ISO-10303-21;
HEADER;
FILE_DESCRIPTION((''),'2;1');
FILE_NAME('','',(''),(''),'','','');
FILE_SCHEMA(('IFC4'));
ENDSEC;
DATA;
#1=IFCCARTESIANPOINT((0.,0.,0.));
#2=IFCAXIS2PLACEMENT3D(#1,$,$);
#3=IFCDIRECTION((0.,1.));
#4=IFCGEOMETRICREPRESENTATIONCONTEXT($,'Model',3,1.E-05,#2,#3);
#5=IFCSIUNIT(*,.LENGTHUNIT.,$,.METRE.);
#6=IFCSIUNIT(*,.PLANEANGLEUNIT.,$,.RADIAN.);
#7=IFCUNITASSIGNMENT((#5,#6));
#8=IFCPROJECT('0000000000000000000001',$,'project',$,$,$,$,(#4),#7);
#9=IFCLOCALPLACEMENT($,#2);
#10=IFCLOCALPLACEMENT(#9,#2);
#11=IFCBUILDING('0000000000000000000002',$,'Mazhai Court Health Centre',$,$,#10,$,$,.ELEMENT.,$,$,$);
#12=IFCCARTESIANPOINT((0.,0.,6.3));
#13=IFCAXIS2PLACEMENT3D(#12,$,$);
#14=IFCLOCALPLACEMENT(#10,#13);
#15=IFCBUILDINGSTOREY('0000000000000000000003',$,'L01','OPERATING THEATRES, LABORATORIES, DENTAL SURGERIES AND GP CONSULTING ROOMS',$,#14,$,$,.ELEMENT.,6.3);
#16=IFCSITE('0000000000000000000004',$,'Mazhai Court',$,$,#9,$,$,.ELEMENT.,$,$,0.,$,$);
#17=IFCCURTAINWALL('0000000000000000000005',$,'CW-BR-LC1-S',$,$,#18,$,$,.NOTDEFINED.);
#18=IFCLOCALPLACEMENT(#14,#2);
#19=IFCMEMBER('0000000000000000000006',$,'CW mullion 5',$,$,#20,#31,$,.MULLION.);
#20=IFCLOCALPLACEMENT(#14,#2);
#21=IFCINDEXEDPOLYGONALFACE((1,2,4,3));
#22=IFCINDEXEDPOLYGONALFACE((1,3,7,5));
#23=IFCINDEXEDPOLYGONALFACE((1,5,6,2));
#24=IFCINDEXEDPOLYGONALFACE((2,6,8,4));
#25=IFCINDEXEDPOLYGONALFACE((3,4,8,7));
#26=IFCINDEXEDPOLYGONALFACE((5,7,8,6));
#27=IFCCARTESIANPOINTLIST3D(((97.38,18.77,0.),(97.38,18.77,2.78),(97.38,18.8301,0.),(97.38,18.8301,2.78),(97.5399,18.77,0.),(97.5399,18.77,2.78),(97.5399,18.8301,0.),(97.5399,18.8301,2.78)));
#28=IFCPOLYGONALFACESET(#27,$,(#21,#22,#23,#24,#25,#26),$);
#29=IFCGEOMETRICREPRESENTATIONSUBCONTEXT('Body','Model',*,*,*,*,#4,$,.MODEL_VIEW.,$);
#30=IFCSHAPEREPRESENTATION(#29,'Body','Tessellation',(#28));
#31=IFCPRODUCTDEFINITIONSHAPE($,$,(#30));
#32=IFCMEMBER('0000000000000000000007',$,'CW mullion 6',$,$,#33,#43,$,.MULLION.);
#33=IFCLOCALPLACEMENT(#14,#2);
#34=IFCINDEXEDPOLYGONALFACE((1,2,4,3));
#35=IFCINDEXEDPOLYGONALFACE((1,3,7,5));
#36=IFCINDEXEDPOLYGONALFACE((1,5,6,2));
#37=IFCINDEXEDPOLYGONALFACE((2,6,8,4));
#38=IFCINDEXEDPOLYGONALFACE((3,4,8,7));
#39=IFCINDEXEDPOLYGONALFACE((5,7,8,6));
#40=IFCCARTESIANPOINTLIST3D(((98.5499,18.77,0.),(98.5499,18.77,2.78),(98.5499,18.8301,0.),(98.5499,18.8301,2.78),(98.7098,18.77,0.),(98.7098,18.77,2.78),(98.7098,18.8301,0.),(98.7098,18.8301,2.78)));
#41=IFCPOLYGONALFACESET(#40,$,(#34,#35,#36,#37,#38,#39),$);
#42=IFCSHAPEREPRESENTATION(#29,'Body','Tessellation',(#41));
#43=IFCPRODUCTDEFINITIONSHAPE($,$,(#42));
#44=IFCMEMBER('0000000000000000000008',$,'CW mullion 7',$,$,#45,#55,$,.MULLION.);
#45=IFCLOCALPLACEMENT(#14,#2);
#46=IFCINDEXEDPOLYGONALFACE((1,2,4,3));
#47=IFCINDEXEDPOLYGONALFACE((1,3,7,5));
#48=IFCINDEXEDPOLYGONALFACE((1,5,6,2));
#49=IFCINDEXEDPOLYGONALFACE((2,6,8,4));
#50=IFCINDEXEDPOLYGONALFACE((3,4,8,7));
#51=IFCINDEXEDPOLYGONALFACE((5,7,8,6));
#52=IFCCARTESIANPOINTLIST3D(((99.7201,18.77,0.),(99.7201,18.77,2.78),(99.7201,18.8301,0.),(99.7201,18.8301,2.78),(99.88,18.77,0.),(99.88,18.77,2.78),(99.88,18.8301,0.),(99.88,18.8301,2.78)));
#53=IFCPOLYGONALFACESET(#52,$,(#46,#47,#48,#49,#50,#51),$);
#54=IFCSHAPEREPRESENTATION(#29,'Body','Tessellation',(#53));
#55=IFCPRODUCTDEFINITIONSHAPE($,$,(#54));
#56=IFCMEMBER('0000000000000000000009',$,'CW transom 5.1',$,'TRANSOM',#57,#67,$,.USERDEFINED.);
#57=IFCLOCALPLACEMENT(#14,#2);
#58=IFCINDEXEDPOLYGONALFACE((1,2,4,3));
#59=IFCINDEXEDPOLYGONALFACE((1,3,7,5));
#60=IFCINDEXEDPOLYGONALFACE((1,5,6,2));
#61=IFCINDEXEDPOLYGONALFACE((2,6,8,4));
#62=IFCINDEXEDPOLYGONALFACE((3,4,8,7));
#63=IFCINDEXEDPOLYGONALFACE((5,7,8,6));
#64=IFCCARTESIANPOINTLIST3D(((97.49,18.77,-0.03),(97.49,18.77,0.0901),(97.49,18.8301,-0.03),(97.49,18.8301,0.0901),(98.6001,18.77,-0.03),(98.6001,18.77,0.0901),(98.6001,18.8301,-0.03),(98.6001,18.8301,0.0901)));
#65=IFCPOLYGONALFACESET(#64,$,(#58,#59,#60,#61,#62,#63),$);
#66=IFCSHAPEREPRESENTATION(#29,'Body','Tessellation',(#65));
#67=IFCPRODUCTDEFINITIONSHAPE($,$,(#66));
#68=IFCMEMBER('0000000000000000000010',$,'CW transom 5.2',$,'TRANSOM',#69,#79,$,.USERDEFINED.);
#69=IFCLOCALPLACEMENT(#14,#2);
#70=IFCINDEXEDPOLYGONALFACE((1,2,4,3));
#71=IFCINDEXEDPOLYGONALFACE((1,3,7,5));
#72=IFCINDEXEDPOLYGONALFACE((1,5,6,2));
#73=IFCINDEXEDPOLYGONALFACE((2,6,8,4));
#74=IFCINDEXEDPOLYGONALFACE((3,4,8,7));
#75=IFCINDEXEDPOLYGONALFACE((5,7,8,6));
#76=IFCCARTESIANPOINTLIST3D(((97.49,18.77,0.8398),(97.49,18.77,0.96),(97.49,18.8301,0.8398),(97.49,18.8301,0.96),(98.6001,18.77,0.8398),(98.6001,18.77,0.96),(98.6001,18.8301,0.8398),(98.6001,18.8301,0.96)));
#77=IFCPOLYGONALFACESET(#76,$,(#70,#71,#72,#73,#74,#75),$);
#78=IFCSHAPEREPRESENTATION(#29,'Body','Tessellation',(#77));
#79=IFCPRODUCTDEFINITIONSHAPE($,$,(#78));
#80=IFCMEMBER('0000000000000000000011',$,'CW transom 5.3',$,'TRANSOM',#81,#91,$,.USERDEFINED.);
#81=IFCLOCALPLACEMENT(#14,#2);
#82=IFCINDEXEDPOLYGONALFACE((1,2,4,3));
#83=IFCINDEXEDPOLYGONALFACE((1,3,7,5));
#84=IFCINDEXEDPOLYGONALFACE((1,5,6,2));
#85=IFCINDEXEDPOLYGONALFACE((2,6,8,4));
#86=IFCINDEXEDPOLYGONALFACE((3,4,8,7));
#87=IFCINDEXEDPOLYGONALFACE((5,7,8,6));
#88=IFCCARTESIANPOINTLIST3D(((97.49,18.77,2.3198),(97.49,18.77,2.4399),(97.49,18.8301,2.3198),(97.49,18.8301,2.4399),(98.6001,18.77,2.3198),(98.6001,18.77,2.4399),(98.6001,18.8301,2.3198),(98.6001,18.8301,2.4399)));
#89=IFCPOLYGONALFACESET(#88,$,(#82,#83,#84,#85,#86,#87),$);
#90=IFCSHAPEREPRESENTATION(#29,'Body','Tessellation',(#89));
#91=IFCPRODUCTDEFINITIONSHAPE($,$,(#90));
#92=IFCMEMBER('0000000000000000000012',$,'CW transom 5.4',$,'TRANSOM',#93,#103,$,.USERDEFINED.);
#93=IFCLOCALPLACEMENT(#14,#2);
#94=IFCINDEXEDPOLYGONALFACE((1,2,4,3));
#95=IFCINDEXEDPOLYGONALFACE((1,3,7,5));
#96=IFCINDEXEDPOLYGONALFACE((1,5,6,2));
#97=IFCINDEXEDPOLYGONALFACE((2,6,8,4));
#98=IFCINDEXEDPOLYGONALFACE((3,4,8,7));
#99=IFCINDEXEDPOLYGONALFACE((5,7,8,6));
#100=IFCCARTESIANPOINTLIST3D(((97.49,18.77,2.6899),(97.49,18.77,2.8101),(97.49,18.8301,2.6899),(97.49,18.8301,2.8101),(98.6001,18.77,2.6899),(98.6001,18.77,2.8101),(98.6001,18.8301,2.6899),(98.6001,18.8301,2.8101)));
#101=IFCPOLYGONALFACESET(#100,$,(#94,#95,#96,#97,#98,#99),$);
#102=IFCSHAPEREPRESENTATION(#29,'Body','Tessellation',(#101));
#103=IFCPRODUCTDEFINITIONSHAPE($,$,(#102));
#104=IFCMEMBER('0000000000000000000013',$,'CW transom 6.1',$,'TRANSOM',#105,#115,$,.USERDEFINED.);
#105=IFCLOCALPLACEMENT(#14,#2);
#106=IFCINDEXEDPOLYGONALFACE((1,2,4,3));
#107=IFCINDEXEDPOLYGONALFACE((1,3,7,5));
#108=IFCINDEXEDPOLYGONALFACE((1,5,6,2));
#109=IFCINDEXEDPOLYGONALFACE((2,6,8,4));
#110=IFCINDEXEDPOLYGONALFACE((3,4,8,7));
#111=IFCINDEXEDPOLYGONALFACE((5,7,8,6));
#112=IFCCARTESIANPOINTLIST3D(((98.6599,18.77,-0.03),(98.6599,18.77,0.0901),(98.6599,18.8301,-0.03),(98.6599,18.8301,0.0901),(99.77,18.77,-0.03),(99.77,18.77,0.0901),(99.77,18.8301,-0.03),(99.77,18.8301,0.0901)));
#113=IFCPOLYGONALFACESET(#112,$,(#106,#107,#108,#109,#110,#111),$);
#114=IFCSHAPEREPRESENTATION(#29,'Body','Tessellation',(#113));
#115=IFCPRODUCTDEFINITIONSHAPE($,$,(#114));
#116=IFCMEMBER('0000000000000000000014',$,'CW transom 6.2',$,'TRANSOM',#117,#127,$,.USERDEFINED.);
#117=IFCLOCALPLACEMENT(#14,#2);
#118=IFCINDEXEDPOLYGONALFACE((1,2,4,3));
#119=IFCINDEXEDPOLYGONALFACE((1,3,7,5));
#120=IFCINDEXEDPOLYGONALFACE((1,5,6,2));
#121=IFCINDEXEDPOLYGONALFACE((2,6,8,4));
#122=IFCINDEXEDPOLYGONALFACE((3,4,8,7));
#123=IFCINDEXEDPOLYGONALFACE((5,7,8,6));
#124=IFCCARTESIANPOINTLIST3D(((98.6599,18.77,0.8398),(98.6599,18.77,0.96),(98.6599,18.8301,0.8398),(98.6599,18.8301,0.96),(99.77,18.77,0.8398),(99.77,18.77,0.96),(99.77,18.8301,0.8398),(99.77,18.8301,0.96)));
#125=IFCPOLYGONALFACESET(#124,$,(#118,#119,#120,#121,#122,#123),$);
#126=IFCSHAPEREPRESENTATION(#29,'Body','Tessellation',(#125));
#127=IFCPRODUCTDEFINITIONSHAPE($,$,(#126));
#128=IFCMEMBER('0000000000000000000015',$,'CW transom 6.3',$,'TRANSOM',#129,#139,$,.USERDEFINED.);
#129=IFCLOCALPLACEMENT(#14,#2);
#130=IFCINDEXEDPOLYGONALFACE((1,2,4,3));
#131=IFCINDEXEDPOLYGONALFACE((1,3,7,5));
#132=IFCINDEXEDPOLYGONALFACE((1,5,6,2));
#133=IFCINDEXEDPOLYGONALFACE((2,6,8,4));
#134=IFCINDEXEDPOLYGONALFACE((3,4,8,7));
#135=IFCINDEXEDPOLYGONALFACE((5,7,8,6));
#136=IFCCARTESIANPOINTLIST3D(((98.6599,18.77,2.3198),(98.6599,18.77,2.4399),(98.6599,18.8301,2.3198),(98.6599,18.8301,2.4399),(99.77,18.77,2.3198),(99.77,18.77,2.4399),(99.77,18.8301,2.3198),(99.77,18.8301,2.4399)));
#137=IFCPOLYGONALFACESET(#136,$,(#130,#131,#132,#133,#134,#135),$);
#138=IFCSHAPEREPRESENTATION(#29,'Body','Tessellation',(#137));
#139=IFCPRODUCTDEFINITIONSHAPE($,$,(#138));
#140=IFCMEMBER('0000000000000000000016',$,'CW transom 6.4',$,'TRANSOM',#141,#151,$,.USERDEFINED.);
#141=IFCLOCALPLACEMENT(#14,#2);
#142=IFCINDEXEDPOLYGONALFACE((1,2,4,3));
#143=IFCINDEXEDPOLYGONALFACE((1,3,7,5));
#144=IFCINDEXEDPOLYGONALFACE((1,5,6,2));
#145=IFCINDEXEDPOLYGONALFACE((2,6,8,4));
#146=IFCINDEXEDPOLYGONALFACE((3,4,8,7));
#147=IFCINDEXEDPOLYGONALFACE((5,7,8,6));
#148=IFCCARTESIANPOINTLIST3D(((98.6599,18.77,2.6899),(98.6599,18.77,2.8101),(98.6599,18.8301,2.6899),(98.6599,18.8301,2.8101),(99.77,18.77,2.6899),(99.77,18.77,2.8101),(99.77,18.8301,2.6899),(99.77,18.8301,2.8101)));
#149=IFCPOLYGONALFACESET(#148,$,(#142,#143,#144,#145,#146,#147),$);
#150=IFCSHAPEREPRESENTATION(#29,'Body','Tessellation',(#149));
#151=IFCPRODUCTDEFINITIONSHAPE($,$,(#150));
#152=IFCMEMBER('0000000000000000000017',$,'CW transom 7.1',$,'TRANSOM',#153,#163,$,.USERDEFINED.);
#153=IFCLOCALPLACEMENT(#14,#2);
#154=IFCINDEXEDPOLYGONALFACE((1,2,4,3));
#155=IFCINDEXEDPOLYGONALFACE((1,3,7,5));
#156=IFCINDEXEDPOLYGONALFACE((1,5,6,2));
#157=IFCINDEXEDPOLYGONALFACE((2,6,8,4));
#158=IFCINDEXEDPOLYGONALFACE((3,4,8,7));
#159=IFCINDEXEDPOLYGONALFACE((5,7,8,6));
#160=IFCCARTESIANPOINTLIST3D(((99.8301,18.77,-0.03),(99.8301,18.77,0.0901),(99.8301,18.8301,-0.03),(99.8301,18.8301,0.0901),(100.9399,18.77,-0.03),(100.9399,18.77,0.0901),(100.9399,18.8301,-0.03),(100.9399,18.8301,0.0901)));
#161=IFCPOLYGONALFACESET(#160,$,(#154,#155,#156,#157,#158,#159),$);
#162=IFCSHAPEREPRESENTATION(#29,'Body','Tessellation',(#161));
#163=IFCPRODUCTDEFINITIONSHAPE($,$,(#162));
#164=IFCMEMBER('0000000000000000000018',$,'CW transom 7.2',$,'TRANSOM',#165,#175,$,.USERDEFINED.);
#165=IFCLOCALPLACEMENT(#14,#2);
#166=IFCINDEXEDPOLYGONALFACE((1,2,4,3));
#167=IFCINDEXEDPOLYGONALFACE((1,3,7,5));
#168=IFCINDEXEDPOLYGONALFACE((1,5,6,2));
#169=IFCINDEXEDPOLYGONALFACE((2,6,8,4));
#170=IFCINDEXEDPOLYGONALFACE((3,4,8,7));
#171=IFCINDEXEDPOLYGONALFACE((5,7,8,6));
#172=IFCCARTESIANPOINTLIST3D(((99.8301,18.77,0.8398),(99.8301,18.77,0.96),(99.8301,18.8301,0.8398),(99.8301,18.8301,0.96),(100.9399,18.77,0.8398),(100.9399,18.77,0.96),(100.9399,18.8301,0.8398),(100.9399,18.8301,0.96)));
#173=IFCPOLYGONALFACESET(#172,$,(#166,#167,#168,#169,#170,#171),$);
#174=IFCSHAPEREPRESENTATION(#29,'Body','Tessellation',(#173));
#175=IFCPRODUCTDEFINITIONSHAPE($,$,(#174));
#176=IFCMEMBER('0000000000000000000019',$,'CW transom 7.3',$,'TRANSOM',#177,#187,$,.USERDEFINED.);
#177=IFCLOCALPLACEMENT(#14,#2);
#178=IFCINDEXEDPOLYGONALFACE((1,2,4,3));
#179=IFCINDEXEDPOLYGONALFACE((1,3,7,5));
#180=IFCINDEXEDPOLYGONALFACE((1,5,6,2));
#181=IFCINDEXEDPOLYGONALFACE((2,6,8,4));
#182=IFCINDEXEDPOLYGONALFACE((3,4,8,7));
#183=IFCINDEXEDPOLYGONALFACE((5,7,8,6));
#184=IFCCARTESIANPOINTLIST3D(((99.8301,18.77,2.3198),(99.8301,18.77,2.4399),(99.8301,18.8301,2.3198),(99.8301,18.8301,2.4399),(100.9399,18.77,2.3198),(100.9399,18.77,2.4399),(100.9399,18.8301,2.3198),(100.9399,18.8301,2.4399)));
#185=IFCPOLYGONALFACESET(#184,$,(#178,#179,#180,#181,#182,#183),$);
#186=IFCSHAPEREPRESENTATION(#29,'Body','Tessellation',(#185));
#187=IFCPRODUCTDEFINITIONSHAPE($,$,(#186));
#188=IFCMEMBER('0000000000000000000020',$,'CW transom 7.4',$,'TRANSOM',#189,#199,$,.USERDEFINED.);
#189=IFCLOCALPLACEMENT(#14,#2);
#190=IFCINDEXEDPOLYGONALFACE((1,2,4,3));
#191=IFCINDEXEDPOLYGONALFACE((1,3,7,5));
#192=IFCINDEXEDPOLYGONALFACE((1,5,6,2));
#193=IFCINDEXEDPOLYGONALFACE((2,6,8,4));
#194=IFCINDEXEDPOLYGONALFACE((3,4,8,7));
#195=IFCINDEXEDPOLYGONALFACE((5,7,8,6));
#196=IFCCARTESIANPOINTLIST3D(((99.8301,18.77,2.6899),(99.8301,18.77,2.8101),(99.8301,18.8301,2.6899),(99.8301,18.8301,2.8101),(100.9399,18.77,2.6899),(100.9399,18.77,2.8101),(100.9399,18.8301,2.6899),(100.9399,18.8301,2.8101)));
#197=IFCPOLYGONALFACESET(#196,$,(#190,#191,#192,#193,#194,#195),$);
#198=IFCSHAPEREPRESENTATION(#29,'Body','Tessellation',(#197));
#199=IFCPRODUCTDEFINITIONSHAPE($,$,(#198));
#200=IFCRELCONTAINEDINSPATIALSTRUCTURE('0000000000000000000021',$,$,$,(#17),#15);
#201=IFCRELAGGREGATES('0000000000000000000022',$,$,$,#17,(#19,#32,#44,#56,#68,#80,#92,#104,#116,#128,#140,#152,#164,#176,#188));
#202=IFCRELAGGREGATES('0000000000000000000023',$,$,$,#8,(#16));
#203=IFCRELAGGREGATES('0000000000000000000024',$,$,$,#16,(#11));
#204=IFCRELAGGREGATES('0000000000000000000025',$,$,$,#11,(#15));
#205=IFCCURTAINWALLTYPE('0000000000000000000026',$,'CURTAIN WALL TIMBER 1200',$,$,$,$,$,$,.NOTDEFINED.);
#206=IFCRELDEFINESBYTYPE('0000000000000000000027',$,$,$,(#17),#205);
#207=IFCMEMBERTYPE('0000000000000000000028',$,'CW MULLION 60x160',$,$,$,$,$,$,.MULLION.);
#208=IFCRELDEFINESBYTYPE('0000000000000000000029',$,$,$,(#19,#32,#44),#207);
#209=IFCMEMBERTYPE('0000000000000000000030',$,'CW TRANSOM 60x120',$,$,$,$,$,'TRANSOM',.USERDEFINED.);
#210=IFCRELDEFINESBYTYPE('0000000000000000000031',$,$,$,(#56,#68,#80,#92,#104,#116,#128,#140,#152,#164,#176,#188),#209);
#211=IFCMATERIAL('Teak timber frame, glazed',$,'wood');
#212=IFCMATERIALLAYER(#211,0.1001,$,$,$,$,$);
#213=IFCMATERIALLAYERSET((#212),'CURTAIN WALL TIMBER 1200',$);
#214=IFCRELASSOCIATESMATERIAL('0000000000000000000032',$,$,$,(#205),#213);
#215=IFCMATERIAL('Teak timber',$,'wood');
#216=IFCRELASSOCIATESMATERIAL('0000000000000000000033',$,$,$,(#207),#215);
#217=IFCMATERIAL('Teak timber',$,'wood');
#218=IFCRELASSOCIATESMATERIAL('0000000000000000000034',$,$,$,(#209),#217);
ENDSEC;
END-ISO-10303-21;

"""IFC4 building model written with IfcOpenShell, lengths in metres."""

from ifc_helpers import new_model, si_unit, direction, frame, origin, origin_2d, place, context, subcontext, project, spatial, rectangle, extrude, material, layer, layer_set, material_profile, profile_set, type_object, element, aggregate, save


model = new_model("IFC4")

# Units and contexts
model_context = context("Model", 3, precision=1e-05, world=origin(), true_north=direction((0.0, 1.0)))
body_context = subcontext(model_context, "Body", "Model", "MODEL_VIEW")
ifc_project = project(units=[si_unit("LENGTHUNIT", "METRE"), si_unit("PLANEANGLEUNIT", "RADIAN")], contexts=[model_context])

# Site, building, storey
site_placement = place(None, origin())
site = spatial("IfcSite", under=ifc_project, at=site_placement, Name="Mazhai Court", CompositionType="ELEMENT", RefElevation=0.0)
building_placement = place(site_placement, origin())
building = spatial("IfcBuilding", under=site, at=building_placement, Name="Mazhai Court Health Centre", CompositionType="ELEMENT")
storey_placement = place(building_placement, frame((0.0, 0.0, 6.3)))
storey = spatial("IfcBuildingStorey", under=building, at=storey_placement, Name="L01", Description="OPERATING THEATRES, LABORATORIES, DENTAL SURGERIES AND GP CONSULTING ROOMS", CompositionType="ELEMENT", Elevation=6.3)

# Curtain wall, members
ifc_material_1 = material(Name="Teak timber frame, glazed", Category="wood")
ifc_layer_1 = layer(ifc_material_1, 0.1001)
ifc_layer_set_1 = layer_set([ifc_layer_1], Name="CURTAIN WALL TIMBER 1200")
curtain_wall_type = type_object("IfcCurtainWallType", Name="CURTAIN WALL TIMBER 1200", PredefinedType="NOTDEFINED", material=ifc_layer_set_1)
curtain_wall_placement = place(storey_placement, origin())
curtain_wall = element("IfcCurtainWall", 1, at=curtain_wall_placement, inside=storey, type_object=curtain_wall_type, Name="CW-BR-LC1-S", PredefinedType="NOTDEFINED")
ifc_material_2 = material(Name="Teak timber", Category="wood")
ifc_material_profile_1 = material_profile(ifc_material_2, rectangle(XDim=0.0601, YDim=0.1599, at=origin_2d()), Name="CW MULLION 60x160")
ifc_profile_set_1 = profile_set([ifc_material_profile_1], Name="Teak timber")
member_type_1 = type_object("IfcMemberType", Name="CW MULLION 60x160", PredefinedType="MULLION", material=ifc_profile_set_1)
member_1_placement = place(storey_placement, frame((97.46, 18.8, 0.0), z_axis=(0.0, 0.0, 1.0), x_axis=(0.0, 1.0, 0.0)))
member_1 = element("IfcMember", 2, at=member_1_placement, type_object=member_type_1, Name="CW mullion 5", PredefinedType="MULLION", context=body_context, shape_type="SweptSolid", body=[
    extrude(rectangle(XDim=0.0601, YDim=0.1599, at=origin_2d()), origin(), (0.0, 0.0, 1.0), 2.78),
])
member_2_placement = place(storey_placement, frame((98.6299, 18.8, 0.0), z_axis=(0.0, 0.0, 1.0), x_axis=(0.0, 1.0, 0.0)))
member_2 = element("IfcMember", 3, at=member_2_placement, type_object=member_type_1, Name="CW mullion 6", PredefinedType="MULLION", context=body_context, shape_type="SweptSolid", body=[
    extrude(rectangle(XDim=0.0601, YDim=0.1599, at=origin_2d()), origin(), (0.0, 0.0, 1.0), 2.78),
])
member_3_placement = place(storey_placement, frame((99.8, 18.8, 0.0), z_axis=(0.0, 0.0, 1.0), x_axis=(0.0, 1.0, 0.0)))
member_3 = element("IfcMember", 4, at=member_3_placement, type_object=member_type_1, Name="CW mullion 7", PredefinedType="MULLION", context=body_context, shape_type="SweptSolid", body=[
    extrude(rectangle(XDim=0.0601, YDim=0.1599, at=origin_2d()), origin(), (0.0, 0.0, 1.0), 2.78),
])
ifc_material_3 = material(Name="Teak timber", Category="wood")
ifc_material_profile_2 = material_profile(ifc_material_3, rectangle(XDim=0.0601, YDim=0.1201, at=origin_2d()), Name="CW TRANSOM 60x120")
ifc_profile_set_2 = profile_set([ifc_material_profile_2], Name="Teak timber")
member_type_2 = type_object("IfcMemberType", Name="CW TRANSOM 60x120", ElementType="TRANSOM", PredefinedType="USERDEFINED", material=ifc_profile_set_2)
member_4_placement = place(storey_placement, frame((97.49, 18.8, 0.03), z_axis=(1.0, 0.0, 0.0), x_axis=(0.0, 1.0, 0.0)))
member_4 = element("IfcMember", 5, at=member_4_placement, type_object=member_type_2, Name="CW transom 5.1", ObjectType="TRANSOM", PredefinedType="USERDEFINED", context=body_context, shape_type="SweptSolid", body=[
    extrude(rectangle(XDim=0.0601, YDim=0.1201, at=origin_2d()), origin(), (0.0, 0.0, 1.0), 1.1101),
])
member_5_placement = place(storey_placement, frame((97.49, 18.8, 0.8999), z_axis=(1.0, 0.0, 0.0), x_axis=(0.0, 1.0, 0.0)))
member_5 = element("IfcMember", 6, at=member_5_placement, type_object=member_type_2, Name="CW transom 5.2", ObjectType="TRANSOM", PredefinedType="USERDEFINED", context=body_context, shape_type="SweptSolid", body=[
    extrude(rectangle(XDim=0.0601, YDim=0.1201, at=origin_2d()), origin(), (0.0, 0.0, 1.0), 1.1101),
])
member_6_placement = place(storey_placement, frame((97.49, 18.8, 2.3799), z_axis=(1.0, 0.0, 0.0), x_axis=(0.0, 1.0, 0.0)))
member_6 = element("IfcMember", 7, at=member_6_placement, type_object=member_type_2, Name="CW transom 5.3", ObjectType="TRANSOM", PredefinedType="USERDEFINED", context=body_context, shape_type="SweptSolid", body=[
    extrude(rectangle(XDim=0.0601, YDim=0.1201, at=origin_2d()), origin(), (0.0, 0.0, 1.0), 1.1101),
])
member_7_placement = place(storey_placement, frame((97.49, 18.8, 2.75), z_axis=(1.0, 0.0, 0.0), x_axis=(0.0, 1.0, 0.0)))
member_7 = element("IfcMember", 8, at=member_7_placement, type_object=member_type_2, Name="CW transom 5.4", ObjectType="TRANSOM", PredefinedType="USERDEFINED", context=body_context, shape_type="SweptSolid", body=[
    extrude(rectangle(XDim=0.0601, YDim=0.1201, at=origin_2d()), origin(), (0.0, 0.0, 1.0), 1.1101),
])
member_8_placement = place(storey_placement, frame((98.6599, 18.8, 0.03), z_axis=(1.0, 0.0, 0.0), x_axis=(0.0, 1.0, 0.0)))
member_8 = element("IfcMember", 9, at=member_8_placement, type_object=member_type_2, Name="CW transom 6.1", ObjectType="TRANSOM", PredefinedType="USERDEFINED", context=body_context, shape_type="SweptSolid", body=[
    extrude(rectangle(XDim=0.0601, YDim=0.1201, at=origin_2d()), origin(), (0.0, 0.0, 1.0), 1.1101),
])
member_9_placement = place(storey_placement, frame((98.6599, 18.8, 0.8999), z_axis=(1.0, 0.0, 0.0), x_axis=(0.0, 1.0, 0.0)))
member_9 = element("IfcMember", 10, at=member_9_placement, type_object=member_type_2, Name="CW transom 6.2", ObjectType="TRANSOM", PredefinedType="USERDEFINED", context=body_context, shape_type="SweptSolid", body=[
    extrude(rectangle(XDim=0.0601, YDim=0.1201, at=origin_2d()), origin(), (0.0, 0.0, 1.0), 1.1101),
])
member_10_placement = place(storey_placement, frame((98.6599, 18.8, 2.3799), z_axis=(1.0, 0.0, 0.0), x_axis=(0.0, 1.0, 0.0)))
member_10 = element("IfcMember", 11, at=member_10_placement, type_object=member_type_2, Name="CW transom 6.3", ObjectType="TRANSOM", PredefinedType="USERDEFINED", context=body_context, shape_type="SweptSolid", body=[
    extrude(rectangle(XDim=0.0601, YDim=0.1201, at=origin_2d()), origin(), (0.0, 0.0, 1.0), 1.1101),
])
member_11_placement = place(storey_placement, frame((98.6599, 18.8, 2.75), z_axis=(1.0, 0.0, 0.0), x_axis=(0.0, 1.0, 0.0)))
member_11 = element("IfcMember", 12, at=member_11_placement, type_object=member_type_2, Name="CW transom 6.4", ObjectType="TRANSOM", PredefinedType="USERDEFINED", context=body_context, shape_type="SweptSolid", body=[
    extrude(rectangle(XDim=0.0601, YDim=0.1201, at=origin_2d()), origin(), (0.0, 0.0, 1.0), 1.1101),
])
member_12_placement = place(storey_placement, frame((99.8301, 18.8, 0.03), z_axis=(1.0, 0.0, 0.0), x_axis=(0.0, 1.0, 0.0)))
member_12 = element("IfcMember", 13, at=member_12_placement, type_object=member_type_2, Name="CW transom 7.1", ObjectType="TRANSOM", PredefinedType="USERDEFINED", context=body_context, shape_type="SweptSolid", body=[
    extrude(rectangle(XDim=0.0601, YDim=0.1201, at=origin_2d()), origin(), (0.0, 0.0, 1.0), 1.1099),
])
member_13_placement = place(storey_placement, frame((99.8301, 18.8, 0.8999), z_axis=(1.0, 0.0, 0.0), x_axis=(0.0, 1.0, 0.0)))
member_13 = element("IfcMember", 14, at=member_13_placement, type_object=member_type_2, Name="CW transom 7.2", ObjectType="TRANSOM", PredefinedType="USERDEFINED", context=body_context, shape_type="SweptSolid", body=[
    extrude(rectangle(XDim=0.0601, YDim=0.1201, at=origin_2d()), origin(), (0.0, 0.0, 1.0), 1.1099),
])
member_14_placement = place(storey_placement, frame((99.8301, 18.8, 2.3799), z_axis=(1.0, 0.0, 0.0), x_axis=(0.0, 1.0, 0.0)))
member_14 = element("IfcMember", 15, at=member_14_placement, type_object=member_type_2, Name="CW transom 7.3", ObjectType="TRANSOM", PredefinedType="USERDEFINED", context=body_context, shape_type="SweptSolid", body=[
    extrude(rectangle(XDim=0.0601, YDim=0.1201, at=origin_2d()), origin(), (0.0, 0.0, 1.0), 1.1099),
])
member_15_placement = place(storey_placement, frame((99.8301, 18.8, 2.75), z_axis=(1.0, 0.0, 0.0), x_axis=(0.0, 1.0, 0.0)))
member_15 = element("IfcMember", 16, at=member_15_placement, type_object=member_type_2, Name="CW transom 7.4", ObjectType="TRANSOM", PredefinedType="USERDEFINED", context=body_context, shape_type="SweptSolid", body=[
    extrude(rectangle(XDim=0.0601, YDim=0.1201, at=origin_2d()), origin(), (0.0, 0.0, 1.0), 1.1099),
])
aggregate(curtain_wall, [member_1, member_2, member_3, member_4, member_5, member_6, member_7, member_8, member_9, member_10, member_11, member_12, member_13, member_14, member_15])

save(model, "model.ifc")
